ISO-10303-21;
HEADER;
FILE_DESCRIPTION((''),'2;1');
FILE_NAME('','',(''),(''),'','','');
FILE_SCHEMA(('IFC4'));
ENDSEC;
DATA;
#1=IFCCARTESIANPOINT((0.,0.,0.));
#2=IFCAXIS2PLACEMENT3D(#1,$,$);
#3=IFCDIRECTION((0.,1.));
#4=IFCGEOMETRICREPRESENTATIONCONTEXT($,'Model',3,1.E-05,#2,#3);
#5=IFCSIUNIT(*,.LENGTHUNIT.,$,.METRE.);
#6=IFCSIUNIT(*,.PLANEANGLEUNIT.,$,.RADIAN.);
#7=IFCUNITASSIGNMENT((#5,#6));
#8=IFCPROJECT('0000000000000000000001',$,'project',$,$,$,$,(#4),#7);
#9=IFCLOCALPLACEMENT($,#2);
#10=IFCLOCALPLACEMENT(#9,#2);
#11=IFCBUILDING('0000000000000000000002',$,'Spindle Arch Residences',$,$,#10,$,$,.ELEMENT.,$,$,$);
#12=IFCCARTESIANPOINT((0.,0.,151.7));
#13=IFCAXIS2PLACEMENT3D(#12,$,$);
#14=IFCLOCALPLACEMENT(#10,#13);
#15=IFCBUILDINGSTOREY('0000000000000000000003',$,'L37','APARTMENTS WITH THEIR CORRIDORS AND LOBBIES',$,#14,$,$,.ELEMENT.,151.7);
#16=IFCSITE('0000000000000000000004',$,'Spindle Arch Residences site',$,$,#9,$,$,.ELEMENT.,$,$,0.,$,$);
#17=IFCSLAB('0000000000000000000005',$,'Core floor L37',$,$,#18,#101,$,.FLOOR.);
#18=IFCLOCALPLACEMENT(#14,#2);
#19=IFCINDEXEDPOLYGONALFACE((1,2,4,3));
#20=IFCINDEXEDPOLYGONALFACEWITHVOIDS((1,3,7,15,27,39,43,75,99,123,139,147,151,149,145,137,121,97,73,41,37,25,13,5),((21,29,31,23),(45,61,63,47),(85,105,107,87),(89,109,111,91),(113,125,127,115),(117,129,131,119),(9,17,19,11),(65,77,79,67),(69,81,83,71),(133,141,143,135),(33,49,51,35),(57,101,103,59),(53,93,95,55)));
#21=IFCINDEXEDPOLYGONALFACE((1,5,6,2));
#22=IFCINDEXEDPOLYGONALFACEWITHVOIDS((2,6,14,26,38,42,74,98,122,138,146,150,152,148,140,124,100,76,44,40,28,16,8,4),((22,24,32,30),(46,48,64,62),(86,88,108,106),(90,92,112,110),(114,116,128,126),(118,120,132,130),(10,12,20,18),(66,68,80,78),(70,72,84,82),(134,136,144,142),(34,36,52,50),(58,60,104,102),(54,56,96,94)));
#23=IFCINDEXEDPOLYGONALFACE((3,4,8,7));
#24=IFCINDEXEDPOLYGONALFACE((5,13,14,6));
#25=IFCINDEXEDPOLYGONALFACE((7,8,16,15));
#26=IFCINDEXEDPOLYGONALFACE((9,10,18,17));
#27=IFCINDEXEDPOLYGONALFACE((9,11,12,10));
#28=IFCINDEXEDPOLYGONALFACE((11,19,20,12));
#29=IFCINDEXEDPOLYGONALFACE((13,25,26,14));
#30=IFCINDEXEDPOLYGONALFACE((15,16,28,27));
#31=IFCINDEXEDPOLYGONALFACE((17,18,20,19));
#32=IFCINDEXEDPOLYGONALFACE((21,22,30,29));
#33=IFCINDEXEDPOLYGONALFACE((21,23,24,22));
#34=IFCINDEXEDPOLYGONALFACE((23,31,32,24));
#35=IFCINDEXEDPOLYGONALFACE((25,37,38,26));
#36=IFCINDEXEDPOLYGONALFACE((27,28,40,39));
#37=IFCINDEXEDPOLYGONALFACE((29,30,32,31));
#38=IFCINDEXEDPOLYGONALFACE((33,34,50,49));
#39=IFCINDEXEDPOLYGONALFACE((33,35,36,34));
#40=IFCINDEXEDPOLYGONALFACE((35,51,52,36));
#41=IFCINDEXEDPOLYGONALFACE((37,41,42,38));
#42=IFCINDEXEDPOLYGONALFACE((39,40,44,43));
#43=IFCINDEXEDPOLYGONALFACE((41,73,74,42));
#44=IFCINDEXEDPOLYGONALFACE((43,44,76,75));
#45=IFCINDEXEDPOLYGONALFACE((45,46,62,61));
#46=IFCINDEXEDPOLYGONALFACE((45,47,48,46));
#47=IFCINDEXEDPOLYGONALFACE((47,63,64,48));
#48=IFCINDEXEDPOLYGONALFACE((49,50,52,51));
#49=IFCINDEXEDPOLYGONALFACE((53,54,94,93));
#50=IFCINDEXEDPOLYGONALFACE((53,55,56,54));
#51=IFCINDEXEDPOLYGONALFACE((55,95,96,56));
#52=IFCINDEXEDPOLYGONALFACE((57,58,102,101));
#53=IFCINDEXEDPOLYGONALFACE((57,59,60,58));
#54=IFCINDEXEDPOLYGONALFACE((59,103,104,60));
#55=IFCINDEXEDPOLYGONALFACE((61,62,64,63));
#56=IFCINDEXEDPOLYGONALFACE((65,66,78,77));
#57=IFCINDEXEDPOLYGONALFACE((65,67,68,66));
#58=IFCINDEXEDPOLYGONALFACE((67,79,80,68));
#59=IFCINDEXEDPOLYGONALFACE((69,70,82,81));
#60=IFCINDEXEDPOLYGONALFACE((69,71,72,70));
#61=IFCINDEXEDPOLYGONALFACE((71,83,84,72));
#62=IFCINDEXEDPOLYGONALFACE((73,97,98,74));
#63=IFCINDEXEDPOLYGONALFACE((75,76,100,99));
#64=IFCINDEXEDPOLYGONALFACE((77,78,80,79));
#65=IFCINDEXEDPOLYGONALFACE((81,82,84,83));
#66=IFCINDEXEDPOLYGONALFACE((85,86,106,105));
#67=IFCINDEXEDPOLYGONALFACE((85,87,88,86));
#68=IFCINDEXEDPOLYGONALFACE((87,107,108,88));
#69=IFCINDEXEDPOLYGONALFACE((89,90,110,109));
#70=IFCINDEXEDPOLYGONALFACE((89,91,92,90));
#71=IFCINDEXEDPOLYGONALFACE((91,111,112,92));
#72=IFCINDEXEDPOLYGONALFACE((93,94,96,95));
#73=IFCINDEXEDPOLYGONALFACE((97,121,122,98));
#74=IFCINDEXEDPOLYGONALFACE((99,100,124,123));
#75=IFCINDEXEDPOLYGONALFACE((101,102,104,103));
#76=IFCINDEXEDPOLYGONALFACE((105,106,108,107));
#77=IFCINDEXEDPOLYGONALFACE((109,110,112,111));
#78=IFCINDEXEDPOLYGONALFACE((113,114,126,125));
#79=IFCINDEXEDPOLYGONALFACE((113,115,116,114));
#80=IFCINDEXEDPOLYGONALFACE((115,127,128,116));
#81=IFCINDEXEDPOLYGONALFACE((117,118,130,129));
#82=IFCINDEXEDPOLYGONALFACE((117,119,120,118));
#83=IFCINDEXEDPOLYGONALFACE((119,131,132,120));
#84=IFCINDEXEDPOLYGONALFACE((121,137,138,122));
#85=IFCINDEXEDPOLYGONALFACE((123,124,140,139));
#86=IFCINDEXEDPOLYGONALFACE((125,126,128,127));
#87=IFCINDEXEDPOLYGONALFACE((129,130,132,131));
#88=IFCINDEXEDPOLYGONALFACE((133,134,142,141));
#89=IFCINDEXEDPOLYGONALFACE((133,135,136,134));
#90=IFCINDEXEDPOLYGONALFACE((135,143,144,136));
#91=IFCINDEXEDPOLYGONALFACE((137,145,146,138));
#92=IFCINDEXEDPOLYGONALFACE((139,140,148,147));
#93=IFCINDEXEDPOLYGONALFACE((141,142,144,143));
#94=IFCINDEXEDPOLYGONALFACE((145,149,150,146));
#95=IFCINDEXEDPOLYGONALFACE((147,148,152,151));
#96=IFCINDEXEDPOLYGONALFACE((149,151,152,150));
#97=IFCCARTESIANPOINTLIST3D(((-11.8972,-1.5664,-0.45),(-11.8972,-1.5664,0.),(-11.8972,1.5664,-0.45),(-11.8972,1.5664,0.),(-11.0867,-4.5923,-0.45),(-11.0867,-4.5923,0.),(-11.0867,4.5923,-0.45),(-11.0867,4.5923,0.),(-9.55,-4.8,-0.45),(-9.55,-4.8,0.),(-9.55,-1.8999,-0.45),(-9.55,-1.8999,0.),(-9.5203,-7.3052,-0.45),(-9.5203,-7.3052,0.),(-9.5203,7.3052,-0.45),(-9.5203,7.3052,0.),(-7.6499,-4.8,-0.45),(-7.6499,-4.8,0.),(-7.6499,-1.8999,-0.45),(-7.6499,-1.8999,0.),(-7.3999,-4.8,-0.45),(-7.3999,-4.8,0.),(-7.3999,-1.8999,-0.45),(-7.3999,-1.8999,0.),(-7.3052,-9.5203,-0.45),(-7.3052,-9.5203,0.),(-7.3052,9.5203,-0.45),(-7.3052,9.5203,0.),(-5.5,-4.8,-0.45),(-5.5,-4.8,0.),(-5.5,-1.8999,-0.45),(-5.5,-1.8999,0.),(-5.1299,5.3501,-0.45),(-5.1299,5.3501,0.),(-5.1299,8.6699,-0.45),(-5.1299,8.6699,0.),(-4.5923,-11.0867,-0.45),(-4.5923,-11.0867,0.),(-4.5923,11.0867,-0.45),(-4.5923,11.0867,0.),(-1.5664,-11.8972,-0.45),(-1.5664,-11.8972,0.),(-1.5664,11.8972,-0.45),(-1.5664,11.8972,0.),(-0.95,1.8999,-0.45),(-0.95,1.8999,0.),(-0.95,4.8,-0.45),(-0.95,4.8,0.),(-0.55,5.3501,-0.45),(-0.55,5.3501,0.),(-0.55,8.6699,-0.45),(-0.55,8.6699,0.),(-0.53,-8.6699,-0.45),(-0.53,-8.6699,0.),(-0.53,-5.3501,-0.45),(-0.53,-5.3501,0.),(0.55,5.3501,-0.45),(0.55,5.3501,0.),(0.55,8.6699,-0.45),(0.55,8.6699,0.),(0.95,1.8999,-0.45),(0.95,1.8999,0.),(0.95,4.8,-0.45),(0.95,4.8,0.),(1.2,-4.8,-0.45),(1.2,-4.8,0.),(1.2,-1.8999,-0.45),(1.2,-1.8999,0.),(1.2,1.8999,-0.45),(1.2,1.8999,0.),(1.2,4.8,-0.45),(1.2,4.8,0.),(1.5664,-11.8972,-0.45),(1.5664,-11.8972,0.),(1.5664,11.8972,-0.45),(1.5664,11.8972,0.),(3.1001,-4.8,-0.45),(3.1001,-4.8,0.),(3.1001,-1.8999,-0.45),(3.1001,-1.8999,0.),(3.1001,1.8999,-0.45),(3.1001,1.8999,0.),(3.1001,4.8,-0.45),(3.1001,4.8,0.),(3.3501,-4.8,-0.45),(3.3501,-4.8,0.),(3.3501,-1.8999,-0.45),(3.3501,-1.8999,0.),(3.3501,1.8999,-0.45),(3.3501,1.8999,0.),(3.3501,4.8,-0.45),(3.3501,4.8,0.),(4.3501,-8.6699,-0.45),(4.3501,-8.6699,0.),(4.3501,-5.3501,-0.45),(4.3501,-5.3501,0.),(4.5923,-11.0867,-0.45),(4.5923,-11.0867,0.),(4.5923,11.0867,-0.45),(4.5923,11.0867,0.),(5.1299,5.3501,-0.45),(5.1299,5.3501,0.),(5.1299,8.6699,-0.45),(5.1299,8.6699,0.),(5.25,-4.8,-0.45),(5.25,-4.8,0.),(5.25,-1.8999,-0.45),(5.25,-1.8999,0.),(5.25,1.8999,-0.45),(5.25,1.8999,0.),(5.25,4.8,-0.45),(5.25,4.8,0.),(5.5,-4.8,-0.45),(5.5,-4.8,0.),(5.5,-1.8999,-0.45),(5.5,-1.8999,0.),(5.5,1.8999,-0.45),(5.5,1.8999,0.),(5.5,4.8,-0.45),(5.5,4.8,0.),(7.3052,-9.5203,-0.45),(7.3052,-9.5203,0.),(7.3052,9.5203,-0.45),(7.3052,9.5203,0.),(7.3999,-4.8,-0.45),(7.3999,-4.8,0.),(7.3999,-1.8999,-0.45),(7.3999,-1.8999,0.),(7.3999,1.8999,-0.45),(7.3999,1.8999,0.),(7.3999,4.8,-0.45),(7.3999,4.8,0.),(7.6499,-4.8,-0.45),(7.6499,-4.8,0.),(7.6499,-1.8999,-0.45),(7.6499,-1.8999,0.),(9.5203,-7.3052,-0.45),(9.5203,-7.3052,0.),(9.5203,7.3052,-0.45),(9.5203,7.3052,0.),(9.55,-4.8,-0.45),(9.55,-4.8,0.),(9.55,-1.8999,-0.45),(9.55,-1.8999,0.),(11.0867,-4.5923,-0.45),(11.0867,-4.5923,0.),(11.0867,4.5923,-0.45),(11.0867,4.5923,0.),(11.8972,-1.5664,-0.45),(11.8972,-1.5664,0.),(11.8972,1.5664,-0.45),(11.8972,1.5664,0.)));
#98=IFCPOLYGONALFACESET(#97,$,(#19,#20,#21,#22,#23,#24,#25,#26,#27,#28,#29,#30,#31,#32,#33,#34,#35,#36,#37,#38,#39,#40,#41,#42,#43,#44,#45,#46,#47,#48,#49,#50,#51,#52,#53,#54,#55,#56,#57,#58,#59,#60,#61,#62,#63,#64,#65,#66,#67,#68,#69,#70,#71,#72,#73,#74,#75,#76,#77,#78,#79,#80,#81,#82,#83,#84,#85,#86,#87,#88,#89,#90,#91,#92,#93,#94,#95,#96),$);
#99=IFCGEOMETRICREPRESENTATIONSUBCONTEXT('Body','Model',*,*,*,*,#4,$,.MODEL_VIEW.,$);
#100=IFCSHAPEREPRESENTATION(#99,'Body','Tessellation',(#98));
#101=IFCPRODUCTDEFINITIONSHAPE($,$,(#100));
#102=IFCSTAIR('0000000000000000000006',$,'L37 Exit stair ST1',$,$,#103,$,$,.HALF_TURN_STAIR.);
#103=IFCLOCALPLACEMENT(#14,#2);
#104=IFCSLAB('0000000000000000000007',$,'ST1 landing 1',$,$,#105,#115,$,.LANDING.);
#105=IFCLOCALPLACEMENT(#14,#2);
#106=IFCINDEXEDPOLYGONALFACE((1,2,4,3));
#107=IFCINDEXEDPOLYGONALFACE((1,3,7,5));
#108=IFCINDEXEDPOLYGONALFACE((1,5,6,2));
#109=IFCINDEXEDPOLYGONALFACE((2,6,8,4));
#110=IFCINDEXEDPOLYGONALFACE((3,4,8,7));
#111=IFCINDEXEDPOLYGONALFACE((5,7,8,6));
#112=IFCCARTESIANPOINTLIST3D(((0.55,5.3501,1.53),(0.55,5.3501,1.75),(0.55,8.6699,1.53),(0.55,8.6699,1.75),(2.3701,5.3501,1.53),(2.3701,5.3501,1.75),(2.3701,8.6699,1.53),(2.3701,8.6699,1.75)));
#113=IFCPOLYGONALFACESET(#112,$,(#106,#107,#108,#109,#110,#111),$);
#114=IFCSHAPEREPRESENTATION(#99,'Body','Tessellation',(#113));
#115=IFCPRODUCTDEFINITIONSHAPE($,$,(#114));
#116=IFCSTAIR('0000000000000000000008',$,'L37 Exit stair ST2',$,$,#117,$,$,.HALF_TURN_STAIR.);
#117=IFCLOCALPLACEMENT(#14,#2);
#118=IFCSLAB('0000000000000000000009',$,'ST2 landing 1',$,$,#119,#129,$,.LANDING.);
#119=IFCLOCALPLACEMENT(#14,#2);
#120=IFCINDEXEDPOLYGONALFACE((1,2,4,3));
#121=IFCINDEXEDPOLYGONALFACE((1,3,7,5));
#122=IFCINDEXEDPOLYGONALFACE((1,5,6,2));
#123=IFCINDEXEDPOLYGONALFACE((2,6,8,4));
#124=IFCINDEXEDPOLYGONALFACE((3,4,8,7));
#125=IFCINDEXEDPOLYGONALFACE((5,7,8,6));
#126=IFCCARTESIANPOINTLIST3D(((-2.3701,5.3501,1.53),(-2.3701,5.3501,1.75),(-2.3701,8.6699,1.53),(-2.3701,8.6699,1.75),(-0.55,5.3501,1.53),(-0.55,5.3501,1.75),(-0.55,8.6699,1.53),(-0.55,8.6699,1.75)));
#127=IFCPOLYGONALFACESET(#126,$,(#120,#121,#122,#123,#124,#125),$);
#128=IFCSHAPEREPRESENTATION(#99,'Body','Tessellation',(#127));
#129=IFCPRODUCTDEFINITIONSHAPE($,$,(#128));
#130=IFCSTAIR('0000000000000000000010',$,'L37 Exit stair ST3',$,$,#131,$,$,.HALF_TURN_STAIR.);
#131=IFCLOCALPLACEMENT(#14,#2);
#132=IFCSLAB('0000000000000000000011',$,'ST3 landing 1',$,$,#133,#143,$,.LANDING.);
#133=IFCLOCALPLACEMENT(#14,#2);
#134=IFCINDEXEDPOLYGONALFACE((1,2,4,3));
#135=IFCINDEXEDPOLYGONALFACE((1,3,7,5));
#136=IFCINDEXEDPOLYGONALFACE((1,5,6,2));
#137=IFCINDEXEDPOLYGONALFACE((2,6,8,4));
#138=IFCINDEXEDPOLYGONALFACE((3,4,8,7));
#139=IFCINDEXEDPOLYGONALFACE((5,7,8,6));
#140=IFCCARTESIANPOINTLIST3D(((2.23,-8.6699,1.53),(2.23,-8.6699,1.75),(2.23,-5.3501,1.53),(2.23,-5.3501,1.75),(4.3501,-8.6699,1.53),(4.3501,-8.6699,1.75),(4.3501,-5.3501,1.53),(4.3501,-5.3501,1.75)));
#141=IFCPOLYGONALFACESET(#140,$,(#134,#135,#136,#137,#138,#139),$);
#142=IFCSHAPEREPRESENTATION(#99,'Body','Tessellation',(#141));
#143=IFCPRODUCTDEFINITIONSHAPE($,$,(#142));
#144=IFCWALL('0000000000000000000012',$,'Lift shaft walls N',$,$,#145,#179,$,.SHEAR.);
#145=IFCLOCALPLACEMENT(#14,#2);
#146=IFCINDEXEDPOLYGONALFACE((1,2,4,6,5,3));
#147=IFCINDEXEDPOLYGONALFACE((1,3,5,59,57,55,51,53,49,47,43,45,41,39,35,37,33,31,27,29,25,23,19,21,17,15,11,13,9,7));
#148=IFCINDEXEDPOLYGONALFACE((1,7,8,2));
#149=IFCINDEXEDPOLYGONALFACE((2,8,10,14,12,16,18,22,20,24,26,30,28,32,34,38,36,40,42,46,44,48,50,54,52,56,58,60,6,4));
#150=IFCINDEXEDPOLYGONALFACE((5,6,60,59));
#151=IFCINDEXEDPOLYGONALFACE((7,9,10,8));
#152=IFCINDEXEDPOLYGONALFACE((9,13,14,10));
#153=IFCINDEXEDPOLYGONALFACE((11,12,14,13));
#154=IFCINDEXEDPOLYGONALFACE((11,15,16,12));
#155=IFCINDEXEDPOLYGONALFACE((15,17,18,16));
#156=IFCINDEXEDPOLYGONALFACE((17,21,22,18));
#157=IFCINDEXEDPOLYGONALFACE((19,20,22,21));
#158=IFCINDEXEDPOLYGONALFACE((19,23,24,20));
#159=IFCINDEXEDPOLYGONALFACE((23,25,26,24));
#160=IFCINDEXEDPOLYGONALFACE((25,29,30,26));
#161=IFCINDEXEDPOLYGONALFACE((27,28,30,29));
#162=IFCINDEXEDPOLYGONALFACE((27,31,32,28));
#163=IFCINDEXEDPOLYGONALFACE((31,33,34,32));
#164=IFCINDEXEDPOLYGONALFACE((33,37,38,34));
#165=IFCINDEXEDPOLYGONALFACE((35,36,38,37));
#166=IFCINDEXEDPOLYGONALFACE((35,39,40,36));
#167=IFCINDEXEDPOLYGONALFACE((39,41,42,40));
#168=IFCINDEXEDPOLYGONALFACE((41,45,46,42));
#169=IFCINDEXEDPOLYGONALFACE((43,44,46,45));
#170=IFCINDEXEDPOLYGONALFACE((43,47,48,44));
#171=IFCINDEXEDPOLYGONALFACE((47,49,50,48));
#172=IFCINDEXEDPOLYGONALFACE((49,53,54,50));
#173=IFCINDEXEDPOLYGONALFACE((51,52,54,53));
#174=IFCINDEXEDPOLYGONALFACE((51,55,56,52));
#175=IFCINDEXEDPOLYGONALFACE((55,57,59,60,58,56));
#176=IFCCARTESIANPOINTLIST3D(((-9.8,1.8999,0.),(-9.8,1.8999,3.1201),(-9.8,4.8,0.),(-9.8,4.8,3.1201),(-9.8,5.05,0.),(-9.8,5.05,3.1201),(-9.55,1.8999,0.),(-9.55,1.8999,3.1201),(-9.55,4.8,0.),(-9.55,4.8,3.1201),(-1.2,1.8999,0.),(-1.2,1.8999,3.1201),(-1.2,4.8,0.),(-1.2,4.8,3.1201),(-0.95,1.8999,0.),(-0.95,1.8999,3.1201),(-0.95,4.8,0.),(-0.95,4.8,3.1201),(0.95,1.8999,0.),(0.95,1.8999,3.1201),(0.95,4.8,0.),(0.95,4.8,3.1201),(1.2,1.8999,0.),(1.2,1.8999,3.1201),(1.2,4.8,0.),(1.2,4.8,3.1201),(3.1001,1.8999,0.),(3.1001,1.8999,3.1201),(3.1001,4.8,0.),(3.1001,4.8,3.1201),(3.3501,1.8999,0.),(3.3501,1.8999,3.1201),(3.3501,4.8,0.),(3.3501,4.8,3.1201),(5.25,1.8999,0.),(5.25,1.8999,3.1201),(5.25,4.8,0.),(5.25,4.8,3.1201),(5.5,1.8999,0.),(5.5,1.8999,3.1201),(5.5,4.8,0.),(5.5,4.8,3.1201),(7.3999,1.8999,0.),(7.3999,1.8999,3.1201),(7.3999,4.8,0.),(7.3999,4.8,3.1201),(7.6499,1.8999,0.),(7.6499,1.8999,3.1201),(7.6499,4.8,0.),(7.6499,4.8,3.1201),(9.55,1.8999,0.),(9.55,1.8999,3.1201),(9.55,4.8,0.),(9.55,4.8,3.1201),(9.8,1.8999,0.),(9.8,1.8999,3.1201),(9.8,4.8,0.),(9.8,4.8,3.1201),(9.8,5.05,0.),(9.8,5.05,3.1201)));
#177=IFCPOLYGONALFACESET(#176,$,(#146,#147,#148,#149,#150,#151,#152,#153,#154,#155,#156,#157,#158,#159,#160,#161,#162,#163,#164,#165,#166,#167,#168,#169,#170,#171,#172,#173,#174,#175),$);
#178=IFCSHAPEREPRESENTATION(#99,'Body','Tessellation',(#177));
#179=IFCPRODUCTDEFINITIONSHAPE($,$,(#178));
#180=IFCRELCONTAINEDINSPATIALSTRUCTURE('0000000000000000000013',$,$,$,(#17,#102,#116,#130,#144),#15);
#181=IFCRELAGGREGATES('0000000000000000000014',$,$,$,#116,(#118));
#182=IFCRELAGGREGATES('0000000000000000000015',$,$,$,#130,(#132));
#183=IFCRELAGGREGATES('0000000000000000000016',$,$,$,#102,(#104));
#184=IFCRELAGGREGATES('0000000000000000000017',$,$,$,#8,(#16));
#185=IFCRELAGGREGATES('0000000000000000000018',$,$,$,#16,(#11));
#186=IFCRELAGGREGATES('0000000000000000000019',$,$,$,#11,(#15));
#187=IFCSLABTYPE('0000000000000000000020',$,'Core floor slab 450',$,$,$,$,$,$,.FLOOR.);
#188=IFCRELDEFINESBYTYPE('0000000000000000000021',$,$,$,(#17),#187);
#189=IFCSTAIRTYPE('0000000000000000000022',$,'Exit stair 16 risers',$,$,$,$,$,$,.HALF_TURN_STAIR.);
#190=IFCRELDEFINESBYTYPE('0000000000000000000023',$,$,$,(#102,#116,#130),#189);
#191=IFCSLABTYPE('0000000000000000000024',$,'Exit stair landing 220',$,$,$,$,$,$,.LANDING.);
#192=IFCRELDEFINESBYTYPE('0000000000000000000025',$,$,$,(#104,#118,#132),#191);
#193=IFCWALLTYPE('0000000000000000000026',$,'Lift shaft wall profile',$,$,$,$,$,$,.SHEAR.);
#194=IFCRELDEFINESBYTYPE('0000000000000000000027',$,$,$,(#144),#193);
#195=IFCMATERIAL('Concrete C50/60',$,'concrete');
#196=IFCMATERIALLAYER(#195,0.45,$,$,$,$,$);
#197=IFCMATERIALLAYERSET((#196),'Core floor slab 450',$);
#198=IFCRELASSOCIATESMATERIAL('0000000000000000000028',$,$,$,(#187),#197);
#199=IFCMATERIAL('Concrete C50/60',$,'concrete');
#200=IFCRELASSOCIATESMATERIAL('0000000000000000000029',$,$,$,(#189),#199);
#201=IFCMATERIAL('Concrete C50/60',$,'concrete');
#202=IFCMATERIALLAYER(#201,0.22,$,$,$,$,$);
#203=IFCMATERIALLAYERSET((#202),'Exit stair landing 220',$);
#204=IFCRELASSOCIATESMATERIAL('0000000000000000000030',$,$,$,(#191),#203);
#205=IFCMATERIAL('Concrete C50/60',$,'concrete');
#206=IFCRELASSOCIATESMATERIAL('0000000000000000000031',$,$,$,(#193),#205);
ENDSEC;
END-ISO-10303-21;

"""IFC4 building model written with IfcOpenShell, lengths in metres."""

from ifc_helpers import new_model, si_unit, direction, frame, origin, place, context, subcontext, project, spatial, polyline, outline, extrude, material, layer, layer_set, type_object, element, aggregate, save


model = new_model("IFC4")

# Units and contexts
model_context = context("Model", 3, precision=1e-05, world=origin(), true_north=direction((0.0, 1.0)))
body_context = subcontext(model_context, "Body", "Model", "MODEL_VIEW")
ifc_project = project(units=[si_unit("LENGTHUNIT", "METRE"), si_unit("PLANEANGLEUNIT", "RADIAN")], contexts=[model_context])

# Site, building, storey
site_placement = place(None, origin())
site = spatial("IfcSite", under=ifc_project, at=site_placement, Name="Spindle Arch Residences site", CompositionType="ELEMENT", RefElevation=0.0)
building_placement = place(site_placement, origin())
building = spatial("IfcBuilding", under=site, at=building_placement, Name="Spindle Arch Residences", CompositionType="ELEMENT")
storey_placement = place(building_placement, frame((0.0, 0.0, 151.7)))
storey = spatial("IfcBuildingStorey", under=building, at=storey_placement, Name="L37", Description="APARTMENTS WITH THEIR CORRIDORS AND LOBBIES", CompositionType="ELEMENT", Elevation=151.7)

# Slab
ifc_material_1 = material(Name="Concrete C50/60", Category="concrete")
ifc_layer_1 = layer(ifc_material_1, 0.45)
ifc_layer_set_1 = layer_set([ifc_layer_1], Name="Core floor slab 450")
slab_type_1 = type_object("IfcSlabType", Name="Core floor slab 450", PredefinedType="FLOOR", material=ifc_layer_set_1)
slab_1_placement = place(storey_placement, frame((0.0, 0.0, -0.45)))
element("IfcSlab", 1, at=slab_1_placement, inside=storey, type_object=slab_type_1, Name="Core floor L37", PredefinedType="FLOOR", context=body_context, shape_type="SweptSolid", body=[
    extrude(outline(polyline([(1.5664, -11.8972), (4.5923, -11.0867), (7.3052, -9.5203), (9.5203, -7.3052), (11.0867, -4.5923), (11.8972, -1.5664), (11.8972, 1.5664), (11.0867, 4.5923), (9.5203, 7.3052), (7.3052, 9.5203), (4.5923, 11.0867), (1.5664, 11.8972), (-1.5664, 11.8972), (-4.5923, 11.0867), (-7.3052, 9.5203), (-9.5203, 7.3052), (-11.0867, 4.5923), (-11.8972, 1.5664), (-11.8972, -1.5664), (-11.0867, -4.5923), (-9.5203, -7.3052), (-7.3052, -9.5203), (-4.5923, -11.0867), (-1.5664, -11.8972), (1.5664, -11.8972)]), holes=[polyline([(-0.95, 1.8999), (0.95, 1.8999), (0.95, 4.8), (-0.95, 4.8), (-0.95, 1.8999)]), polyline([(1.2, 1.8999), (3.1001, 1.8999), (3.1001, 4.8), (1.2, 4.8), (1.2, 1.8999)]), polyline([(3.3501, 1.8999), (5.25, 1.8999), (5.25, 4.8), (3.3501, 4.8), (3.3501, 1.8999)]), polyline([(5.5, 1.8999), (7.3999, 1.8999), (7.3999, 4.8), (5.5, 4.8), (5.5, 1.8999)]), polyline([(-9.55, -4.8), (-7.6499, -4.8), (-7.6499, -1.8999), (-9.55, -1.8999), (-9.55, -4.8)]), polyline([(-7.3999, -4.8), (-5.5, -4.8), (-5.5, -1.8999), (-7.3999, -1.8999), (-7.3999, -4.8)]), polyline([(1.2, -4.8), (3.1001, -4.8), (3.1001, -1.8999), (1.2, -1.8999), (1.2, -4.8)]), polyline([(3.3501, -4.8), (5.25, -4.8), (5.25, -1.8999), (3.3501, -1.8999), (3.3501, -4.8)]), polyline([(5.5, -4.8), (7.3999, -4.8), (7.3999, -1.8999), (5.5, -1.8999), (5.5, -4.8)]), polyline([(7.6499, -4.8), (9.55, -4.8), (9.55, -1.8999), (7.6499, -1.8999), (7.6499, -4.8)]), polyline([(5.1299, 8.6699), (0.55, 8.6699), (0.55, 5.3501), (5.1299, 5.3501), (5.1299, 8.6699)]), polyline([(-5.1299, 5.3501), (-0.55, 5.3501), (-0.55, 8.6699), (-5.1299, 8.6699), (-5.1299, 5.3501)]), polyline([(-0.53, -8.6699), (4.3501, -8.6699), (4.3501, -5.3501), (-0.53, -5.3501), (-0.53, -8.6699)])]), origin(), (0.0, 0.0, 1.0), 0.45),
])

# Stairs, slabs
ifc_material_2 = material(Name="Concrete C50/60", Category="concrete")
stair_type = type_object("IfcStairType", Name="Exit stair 16 risers", PredefinedType="HALF_TURN_STAIR", material=ifc_material_2)
stair_1_placement = place(storey_placement, origin())
stair_1 = element("IfcStair", 2, at=stair_1_placement, inside=storey, type_object=stair_type, Name="L37 Exit stair ST1", PredefinedType="HALF_TURN_STAIR")
ifc_material_3 = material(Name="Concrete C50/60", Category="concrete")
ifc_layer_2 = layer(ifc_material_3, 0.22)
ifc_layer_set_2 = layer_set([ifc_layer_2], Name="Exit stair landing 220")
slab_type_2 = type_object("IfcSlabType", Name="Exit stair landing 220", PredefinedType="LANDING", material=ifc_layer_set_2)
slab_2_placement = place(storey_placement, frame((0.0, 0.0, 1.53)))
slab_2 = element("IfcSlab", 3, at=slab_2_placement, type_object=slab_type_2, Name="ST1 landing 1", PredefinedType="LANDING", context=body_context, shape_type="SweptSolid", body=[
    extrude(outline(polyline([(2.3701, 8.6699), (0.55, 8.6699), (0.55, 5.3501), (2.3701, 5.3501), (2.3701, 8.6699)])), origin(), (0.0, 0.0, 1.0), 0.22),
])
stair_2_placement = place(storey_placement, origin())
stair_2 = element("IfcStair", 4, at=stair_2_placement, inside=storey, type_object=stair_type, Name="L37 Exit stair ST2", PredefinedType="HALF_TURN_STAIR")
slab_3_placement = place(storey_placement, frame((0.0, 0.0, 1.53)))
slab_3 = element("IfcSlab", 5, at=slab_3_placement, type_object=slab_type_2, Name="ST2 landing 1", PredefinedType="LANDING", context=body_context, shape_type="SweptSolid", body=[
    extrude(outline(polyline([(-2.3701, 5.3501), (-0.55, 5.3501), (-0.55, 8.6699), (-2.3701, 8.6699), (-2.3701, 5.3501)])), origin(), (0.0, 0.0, 1.0), 0.22),
])
aggregate(stair_2, [slab_3])
stair_3_placement = place(storey_placement, origin())
stair_3 = element("IfcStair", 6, at=stair_3_placement, inside=storey, type_object=stair_type, Name="L37 Exit stair ST3", PredefinedType="HALF_TURN_STAIR")
slab_4_placement = place(storey_placement, frame((0.0, 0.0, 1.53)))
slab_4 = element("IfcSlab", 7, at=slab_4_placement, type_object=slab_type_2, Name="ST3 landing 1", PredefinedType="LANDING", context=body_context, shape_type="SweptSolid", body=[
    extrude(outline(polyline([(2.23, -8.6699), (4.3501, -8.6699), (4.3501, -5.3501), (2.23, -5.3501), (2.23, -8.6699)])), origin(), (0.0, 0.0, 1.0), 0.22),
])
aggregate(stair_3, [slab_4])

# Wall
ifc_material_4 = material(Name="Concrete C50/60", Category="concrete")
wall_type_1 = type_object("IfcWallType", Name="Lift shaft wall profile", PredefinedType="SHEAR", material=ifc_material_4)
wall_1_placement = place(storey_placement, origin())
element("IfcWall", 8, at=wall_1_placement, inside=storey, type_object=wall_type_1, Name="Lift shaft walls N", PredefinedType="SHEAR", context=body_context, shape_type="SweptSolid", body=[
    extrude(outline(polyline([(-9.55, 4.8), (-1.2, 4.8), (-1.2, 1.8999), (-0.95, 1.8999), (-0.95, 4.8), (0.95, 4.8), (0.95, 1.8999), (1.2, 1.8999), (1.2, 4.8), (3.1001, 4.8), (3.1001, 1.8999), (3.3501, 1.8999), (3.3501, 4.8), (5.25, 4.8), (5.25, 1.8999), (5.5, 1.8999), (5.5, 4.8), (7.3999, 4.8), (7.3999, 1.8999), (7.6499, 1.8999), (7.6499, 4.8), (9.55, 4.8), (9.55, 1.8999), (9.8, 1.8999), (9.8, 4.8), (9.8, 5.05), (-9.8, 5.05), (-9.8, 4.8), (-9.8, 1.8999), (-9.55, 1.8999), (-9.55, 4.8)])), origin(), (0.0, 0.0, 1.0), 3.1201),
])

aggregate(stair_1, [slab_2])

save(model, "model.ifc")
